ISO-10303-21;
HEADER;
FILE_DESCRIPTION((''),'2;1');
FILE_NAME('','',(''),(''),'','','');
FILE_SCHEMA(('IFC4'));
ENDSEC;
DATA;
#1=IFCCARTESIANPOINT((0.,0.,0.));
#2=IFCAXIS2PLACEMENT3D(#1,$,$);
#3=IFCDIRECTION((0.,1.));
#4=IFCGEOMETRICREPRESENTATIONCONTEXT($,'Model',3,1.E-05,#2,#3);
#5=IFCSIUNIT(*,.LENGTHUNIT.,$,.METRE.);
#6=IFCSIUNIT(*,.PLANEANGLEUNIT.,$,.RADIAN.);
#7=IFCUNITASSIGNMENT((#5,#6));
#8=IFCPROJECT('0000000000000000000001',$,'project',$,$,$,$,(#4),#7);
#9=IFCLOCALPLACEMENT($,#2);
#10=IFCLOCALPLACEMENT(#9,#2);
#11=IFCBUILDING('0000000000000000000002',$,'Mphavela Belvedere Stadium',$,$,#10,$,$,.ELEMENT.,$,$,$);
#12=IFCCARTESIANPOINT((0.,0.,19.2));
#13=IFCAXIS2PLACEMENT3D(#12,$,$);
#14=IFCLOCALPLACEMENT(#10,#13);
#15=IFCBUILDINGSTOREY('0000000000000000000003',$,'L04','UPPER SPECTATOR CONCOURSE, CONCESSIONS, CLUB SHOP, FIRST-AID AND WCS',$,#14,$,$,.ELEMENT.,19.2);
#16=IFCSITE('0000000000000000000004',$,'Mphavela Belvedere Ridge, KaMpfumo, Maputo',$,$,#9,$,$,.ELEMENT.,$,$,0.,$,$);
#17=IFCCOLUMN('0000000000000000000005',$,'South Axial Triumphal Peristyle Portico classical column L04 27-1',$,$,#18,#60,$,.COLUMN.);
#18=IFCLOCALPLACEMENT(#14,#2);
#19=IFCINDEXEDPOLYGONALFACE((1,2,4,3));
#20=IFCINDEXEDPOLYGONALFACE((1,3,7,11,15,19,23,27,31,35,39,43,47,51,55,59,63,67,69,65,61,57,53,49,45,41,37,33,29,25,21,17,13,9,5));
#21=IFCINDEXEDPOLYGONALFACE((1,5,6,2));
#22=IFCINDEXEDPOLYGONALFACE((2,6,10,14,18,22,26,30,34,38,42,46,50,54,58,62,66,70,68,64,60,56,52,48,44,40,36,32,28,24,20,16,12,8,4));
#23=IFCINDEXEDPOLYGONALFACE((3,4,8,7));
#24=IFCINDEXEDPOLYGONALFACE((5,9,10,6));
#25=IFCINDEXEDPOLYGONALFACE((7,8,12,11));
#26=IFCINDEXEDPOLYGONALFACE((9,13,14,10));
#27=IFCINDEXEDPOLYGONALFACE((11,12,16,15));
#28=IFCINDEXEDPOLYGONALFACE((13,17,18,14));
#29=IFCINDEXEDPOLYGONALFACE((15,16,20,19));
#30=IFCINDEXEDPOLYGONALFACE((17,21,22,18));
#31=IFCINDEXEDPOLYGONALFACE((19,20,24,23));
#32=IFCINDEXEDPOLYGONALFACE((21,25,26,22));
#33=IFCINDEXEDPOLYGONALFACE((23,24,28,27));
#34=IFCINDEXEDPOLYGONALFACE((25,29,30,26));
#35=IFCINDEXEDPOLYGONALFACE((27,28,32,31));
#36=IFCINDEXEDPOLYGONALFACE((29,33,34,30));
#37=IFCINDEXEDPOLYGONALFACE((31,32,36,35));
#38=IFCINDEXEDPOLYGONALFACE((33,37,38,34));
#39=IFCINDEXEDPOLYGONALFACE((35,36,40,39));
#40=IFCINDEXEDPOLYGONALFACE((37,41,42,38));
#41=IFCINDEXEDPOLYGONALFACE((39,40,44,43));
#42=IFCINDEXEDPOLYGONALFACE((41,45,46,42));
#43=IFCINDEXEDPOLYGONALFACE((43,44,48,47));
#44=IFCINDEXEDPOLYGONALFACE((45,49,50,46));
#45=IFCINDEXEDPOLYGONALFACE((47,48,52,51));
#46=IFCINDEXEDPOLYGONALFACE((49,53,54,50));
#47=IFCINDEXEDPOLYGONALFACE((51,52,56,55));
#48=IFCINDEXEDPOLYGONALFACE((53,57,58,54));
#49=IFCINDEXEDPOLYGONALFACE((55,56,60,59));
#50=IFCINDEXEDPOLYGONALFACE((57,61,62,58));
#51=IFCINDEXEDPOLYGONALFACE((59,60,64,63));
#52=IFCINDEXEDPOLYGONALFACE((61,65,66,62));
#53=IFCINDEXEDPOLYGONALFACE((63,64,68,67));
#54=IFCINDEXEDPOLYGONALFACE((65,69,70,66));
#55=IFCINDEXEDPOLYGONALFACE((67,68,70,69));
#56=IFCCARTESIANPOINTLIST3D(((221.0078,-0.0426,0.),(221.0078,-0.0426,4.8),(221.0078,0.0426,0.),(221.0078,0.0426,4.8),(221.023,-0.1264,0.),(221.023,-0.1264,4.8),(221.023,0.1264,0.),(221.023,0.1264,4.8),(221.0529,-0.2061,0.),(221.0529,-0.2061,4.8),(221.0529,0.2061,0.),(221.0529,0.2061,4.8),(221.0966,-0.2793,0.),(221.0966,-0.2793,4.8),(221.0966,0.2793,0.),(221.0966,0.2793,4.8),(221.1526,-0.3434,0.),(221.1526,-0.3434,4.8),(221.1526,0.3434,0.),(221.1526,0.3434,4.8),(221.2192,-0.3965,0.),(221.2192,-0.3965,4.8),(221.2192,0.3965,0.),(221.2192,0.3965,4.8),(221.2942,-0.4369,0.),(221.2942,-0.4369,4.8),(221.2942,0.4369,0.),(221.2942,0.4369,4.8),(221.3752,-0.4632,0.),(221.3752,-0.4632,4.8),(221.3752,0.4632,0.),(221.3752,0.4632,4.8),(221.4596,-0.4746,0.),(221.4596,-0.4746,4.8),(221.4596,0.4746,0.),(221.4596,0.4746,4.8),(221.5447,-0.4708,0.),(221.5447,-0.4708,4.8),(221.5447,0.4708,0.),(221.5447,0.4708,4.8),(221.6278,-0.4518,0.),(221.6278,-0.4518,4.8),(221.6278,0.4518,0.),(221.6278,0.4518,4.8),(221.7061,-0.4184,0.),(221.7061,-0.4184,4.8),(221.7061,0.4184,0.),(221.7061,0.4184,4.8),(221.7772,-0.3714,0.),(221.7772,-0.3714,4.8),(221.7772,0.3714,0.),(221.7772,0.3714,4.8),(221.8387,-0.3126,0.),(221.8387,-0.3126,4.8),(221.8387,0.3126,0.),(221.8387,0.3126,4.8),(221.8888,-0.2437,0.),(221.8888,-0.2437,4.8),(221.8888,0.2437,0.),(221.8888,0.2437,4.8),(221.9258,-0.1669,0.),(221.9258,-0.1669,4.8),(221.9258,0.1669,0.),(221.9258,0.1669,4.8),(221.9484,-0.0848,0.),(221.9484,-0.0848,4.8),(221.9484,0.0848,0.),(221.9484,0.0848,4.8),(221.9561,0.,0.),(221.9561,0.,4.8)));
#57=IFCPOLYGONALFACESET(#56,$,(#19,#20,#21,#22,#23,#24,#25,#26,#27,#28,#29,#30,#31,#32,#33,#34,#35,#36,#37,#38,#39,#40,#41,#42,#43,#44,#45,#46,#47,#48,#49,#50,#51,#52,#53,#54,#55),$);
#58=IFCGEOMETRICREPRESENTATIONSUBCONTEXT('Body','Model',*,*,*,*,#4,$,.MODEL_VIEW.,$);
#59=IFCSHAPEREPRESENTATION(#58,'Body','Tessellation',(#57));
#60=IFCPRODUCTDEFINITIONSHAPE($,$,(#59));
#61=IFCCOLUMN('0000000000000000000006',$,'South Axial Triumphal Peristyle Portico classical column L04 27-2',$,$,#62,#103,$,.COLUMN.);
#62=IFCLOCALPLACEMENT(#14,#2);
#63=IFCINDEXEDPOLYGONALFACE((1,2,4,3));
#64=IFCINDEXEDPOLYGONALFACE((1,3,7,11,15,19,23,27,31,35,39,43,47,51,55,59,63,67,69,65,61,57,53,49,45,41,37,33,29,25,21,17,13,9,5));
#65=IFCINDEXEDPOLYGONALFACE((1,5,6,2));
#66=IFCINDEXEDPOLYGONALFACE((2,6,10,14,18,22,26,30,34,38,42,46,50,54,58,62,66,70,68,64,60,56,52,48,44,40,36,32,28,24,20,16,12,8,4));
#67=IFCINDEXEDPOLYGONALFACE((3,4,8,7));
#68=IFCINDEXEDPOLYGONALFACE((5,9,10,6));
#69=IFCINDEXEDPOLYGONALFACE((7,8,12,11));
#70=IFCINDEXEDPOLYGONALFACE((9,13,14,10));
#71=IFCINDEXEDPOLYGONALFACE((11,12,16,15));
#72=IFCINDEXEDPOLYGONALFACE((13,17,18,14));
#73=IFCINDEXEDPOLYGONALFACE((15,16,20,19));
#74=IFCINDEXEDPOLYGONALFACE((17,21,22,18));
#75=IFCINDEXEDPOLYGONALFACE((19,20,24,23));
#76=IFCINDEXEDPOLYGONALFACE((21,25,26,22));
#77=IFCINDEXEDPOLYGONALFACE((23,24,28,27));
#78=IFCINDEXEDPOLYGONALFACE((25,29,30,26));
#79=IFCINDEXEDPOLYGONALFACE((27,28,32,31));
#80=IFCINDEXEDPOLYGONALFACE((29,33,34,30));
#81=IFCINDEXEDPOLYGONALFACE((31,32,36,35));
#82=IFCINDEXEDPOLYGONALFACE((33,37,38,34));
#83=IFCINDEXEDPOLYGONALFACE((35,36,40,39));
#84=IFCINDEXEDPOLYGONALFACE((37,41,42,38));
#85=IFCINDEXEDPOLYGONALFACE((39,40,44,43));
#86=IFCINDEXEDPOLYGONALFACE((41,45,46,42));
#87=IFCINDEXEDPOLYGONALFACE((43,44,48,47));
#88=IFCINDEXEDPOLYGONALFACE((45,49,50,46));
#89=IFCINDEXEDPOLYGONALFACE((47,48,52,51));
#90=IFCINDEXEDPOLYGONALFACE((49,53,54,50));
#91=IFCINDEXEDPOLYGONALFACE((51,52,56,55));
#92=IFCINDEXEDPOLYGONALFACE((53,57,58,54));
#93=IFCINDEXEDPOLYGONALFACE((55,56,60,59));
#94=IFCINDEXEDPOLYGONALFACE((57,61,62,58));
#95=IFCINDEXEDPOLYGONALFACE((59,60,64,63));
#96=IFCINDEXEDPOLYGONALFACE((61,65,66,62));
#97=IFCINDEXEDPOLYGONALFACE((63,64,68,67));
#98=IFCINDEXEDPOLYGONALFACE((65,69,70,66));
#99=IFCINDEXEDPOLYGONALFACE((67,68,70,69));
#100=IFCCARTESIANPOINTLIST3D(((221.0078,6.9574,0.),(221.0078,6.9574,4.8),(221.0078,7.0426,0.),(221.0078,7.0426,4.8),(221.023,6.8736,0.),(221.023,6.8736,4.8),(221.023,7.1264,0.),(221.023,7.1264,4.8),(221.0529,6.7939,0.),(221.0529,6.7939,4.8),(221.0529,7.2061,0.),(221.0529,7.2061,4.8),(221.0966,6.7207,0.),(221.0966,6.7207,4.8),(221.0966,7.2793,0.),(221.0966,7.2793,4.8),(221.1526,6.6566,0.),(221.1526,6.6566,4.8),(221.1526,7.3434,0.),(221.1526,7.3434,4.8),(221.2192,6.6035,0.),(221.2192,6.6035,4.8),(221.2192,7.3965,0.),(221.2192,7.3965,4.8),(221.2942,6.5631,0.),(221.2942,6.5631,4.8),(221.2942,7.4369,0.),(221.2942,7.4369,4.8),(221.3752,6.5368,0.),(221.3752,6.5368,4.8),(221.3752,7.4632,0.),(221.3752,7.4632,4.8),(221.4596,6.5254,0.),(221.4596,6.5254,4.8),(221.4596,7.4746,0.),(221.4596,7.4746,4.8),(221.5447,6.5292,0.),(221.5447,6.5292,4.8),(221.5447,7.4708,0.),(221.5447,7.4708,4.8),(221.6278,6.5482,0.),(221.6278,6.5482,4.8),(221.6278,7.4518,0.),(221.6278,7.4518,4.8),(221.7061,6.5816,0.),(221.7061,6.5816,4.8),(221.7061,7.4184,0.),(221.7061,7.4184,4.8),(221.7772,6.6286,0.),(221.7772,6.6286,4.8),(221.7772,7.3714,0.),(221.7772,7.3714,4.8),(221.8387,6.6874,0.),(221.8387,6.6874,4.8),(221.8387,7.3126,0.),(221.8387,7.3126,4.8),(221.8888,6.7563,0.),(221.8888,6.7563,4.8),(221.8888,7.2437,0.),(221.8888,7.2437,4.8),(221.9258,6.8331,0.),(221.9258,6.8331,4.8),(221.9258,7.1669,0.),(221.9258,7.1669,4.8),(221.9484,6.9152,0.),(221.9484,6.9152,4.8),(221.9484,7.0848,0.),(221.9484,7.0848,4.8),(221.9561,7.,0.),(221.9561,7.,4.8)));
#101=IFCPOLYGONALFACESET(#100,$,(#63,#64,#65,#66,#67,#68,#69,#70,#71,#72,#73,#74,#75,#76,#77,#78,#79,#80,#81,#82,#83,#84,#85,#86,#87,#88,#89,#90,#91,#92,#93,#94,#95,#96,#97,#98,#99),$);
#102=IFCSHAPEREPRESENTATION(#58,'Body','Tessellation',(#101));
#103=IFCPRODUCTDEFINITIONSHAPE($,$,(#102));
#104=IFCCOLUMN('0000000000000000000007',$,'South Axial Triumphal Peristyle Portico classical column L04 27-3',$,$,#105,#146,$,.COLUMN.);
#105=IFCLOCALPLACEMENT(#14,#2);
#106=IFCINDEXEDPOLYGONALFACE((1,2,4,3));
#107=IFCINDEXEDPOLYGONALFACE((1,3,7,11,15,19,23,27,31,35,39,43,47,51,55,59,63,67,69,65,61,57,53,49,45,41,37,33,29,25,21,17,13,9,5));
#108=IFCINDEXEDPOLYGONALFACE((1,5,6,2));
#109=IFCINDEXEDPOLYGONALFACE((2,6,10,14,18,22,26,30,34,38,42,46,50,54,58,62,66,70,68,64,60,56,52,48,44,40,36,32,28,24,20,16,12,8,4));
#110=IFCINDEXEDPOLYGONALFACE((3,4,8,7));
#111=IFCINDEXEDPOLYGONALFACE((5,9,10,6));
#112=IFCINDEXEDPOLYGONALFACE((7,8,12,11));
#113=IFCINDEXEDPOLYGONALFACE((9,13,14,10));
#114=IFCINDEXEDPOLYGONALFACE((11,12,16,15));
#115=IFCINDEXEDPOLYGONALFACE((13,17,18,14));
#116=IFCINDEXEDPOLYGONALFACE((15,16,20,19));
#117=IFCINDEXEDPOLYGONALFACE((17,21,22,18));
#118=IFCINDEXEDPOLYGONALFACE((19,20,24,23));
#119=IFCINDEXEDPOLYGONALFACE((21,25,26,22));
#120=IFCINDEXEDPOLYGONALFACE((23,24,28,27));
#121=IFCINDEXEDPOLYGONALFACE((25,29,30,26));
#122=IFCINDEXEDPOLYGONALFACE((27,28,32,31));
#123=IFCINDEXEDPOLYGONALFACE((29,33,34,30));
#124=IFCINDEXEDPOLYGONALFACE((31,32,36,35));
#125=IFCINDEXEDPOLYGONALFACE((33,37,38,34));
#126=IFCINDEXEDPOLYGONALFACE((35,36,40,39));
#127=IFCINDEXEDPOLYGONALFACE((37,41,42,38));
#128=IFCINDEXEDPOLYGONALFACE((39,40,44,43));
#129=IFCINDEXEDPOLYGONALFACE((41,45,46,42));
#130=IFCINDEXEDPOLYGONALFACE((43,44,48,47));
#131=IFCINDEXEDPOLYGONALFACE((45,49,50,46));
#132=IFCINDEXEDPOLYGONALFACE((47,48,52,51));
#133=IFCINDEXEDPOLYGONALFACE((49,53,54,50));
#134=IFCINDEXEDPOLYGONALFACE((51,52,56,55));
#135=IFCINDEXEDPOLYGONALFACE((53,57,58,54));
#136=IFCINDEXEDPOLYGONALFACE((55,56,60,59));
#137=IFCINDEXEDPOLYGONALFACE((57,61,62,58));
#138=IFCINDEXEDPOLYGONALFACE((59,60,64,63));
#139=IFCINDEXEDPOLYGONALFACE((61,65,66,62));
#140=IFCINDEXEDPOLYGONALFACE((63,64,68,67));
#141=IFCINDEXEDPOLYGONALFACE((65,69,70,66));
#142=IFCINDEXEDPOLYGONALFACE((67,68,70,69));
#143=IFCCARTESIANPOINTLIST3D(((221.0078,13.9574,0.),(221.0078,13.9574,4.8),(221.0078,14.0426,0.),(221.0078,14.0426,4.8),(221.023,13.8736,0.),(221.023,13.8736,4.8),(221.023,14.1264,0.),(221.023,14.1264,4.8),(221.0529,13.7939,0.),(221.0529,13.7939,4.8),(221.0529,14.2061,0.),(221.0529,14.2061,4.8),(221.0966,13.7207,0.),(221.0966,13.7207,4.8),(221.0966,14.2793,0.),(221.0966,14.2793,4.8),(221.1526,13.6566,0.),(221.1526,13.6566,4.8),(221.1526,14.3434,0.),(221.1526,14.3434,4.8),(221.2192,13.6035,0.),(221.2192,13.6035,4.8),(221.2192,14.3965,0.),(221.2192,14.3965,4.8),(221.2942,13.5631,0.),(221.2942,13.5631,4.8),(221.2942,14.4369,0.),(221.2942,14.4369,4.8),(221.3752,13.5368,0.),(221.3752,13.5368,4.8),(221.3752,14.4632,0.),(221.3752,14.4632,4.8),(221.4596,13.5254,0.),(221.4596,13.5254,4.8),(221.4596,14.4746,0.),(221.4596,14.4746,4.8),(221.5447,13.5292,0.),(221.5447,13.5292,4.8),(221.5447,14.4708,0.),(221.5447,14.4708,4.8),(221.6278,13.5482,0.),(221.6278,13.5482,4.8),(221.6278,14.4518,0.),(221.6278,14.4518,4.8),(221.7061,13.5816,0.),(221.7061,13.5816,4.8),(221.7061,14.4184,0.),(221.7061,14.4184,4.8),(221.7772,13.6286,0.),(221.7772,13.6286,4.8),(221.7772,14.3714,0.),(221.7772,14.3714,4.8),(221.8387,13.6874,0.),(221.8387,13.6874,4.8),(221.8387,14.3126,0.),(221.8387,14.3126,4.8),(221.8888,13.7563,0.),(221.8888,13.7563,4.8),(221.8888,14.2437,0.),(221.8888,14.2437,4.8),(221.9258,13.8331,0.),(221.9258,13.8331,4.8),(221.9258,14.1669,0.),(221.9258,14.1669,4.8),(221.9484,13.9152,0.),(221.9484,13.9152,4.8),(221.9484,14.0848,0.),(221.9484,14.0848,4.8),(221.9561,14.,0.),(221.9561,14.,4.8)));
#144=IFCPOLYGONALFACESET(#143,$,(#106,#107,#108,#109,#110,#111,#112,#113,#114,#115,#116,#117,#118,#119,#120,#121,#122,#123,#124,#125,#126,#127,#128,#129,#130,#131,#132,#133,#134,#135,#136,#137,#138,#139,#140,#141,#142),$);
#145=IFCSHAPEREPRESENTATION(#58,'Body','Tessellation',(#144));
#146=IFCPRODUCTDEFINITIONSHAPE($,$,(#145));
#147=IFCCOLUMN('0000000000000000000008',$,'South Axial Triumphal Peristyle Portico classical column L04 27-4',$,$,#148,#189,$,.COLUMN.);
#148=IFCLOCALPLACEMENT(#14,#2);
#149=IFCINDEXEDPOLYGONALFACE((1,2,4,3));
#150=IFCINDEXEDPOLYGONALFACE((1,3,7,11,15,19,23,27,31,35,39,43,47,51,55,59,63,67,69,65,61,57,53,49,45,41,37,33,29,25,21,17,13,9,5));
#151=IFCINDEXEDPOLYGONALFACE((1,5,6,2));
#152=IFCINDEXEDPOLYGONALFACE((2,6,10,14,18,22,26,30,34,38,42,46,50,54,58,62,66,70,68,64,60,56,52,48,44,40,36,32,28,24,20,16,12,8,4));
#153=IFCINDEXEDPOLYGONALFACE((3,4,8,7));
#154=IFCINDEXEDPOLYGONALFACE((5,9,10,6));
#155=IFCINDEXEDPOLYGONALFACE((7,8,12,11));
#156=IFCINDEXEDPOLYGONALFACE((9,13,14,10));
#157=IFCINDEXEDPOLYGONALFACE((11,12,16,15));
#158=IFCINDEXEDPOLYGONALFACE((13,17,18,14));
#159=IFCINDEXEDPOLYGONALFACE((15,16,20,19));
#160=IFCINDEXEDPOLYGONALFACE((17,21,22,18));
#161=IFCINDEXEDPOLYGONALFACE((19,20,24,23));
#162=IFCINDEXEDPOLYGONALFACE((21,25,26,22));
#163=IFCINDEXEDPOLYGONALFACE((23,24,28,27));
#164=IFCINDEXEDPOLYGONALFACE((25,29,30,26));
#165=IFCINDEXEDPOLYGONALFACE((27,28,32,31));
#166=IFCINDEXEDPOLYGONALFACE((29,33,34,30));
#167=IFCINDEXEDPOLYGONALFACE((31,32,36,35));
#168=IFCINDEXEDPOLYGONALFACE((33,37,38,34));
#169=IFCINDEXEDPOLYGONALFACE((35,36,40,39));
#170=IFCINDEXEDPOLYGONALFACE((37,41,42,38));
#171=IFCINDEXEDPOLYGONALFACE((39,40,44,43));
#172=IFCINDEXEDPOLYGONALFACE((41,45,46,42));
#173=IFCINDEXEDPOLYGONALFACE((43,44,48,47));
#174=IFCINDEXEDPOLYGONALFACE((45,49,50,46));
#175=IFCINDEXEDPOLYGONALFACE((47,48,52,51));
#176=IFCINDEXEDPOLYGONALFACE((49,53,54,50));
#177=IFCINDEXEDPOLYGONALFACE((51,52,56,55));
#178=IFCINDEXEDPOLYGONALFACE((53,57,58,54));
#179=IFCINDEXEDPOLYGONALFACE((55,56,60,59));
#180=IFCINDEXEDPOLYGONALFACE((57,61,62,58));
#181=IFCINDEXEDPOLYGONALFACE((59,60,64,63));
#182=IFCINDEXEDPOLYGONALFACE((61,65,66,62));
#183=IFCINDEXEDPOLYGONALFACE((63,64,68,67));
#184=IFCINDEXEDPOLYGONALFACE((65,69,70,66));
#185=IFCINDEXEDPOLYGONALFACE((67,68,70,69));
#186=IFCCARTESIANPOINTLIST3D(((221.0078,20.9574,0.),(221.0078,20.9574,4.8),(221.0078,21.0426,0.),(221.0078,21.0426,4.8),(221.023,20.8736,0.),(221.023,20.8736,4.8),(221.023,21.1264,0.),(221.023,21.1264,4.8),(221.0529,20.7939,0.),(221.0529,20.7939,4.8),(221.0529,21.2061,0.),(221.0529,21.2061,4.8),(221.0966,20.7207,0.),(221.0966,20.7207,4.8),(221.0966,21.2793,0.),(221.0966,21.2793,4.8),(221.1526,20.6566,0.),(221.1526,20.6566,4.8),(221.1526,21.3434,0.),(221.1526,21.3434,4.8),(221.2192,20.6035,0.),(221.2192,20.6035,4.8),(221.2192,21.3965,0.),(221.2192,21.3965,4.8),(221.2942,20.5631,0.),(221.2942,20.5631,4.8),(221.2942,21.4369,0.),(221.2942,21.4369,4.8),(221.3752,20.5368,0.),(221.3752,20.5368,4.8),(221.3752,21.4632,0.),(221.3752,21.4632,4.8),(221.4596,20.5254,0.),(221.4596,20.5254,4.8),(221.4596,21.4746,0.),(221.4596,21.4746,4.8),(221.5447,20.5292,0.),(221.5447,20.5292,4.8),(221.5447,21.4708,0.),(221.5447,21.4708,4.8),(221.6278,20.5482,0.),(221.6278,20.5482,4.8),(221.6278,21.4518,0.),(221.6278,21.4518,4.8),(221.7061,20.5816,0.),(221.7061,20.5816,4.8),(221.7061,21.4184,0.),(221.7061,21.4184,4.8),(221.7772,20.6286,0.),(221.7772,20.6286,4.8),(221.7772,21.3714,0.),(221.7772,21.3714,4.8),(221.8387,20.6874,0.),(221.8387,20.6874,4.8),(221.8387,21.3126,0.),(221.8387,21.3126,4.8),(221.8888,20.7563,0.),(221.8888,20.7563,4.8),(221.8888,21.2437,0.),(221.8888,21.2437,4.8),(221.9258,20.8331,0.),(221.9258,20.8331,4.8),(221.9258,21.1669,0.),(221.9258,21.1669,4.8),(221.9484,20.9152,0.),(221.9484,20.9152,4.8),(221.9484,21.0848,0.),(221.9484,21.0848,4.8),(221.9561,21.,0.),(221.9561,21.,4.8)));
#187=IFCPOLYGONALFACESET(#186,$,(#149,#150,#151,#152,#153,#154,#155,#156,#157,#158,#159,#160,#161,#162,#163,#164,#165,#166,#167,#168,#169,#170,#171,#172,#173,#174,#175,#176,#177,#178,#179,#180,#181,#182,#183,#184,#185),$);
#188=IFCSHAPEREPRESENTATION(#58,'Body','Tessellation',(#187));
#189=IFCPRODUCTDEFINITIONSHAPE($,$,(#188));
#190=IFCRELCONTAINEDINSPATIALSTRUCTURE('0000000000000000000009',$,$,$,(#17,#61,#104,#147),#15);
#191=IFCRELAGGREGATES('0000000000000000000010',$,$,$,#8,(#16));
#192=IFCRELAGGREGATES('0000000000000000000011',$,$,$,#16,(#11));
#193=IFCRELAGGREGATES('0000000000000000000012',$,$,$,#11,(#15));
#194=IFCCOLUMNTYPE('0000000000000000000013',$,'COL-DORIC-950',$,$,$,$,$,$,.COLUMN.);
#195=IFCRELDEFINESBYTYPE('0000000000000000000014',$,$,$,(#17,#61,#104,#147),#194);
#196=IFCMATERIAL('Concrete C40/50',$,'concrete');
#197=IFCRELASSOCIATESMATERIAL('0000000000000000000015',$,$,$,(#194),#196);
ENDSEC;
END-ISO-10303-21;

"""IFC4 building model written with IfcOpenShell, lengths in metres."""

from ifc_helpers import new_model, si_unit, direction, frame, origin, origin_2d, place, context, subcontext, project, spatial, circle, extrude, material, material_profile, profile_set, type_object, element, save


model = new_model("IFC4")

# Units and contexts
model_context = context("Model", 3, precision=1e-05, world=origin(), true_north=direction((0.0, 1.0)))
body_context = subcontext(model_context, "Body", "Model", "MODEL_VIEW")
ifc_project = project(units=[si_unit("LENGTHUNIT", "METRE"), si_unit("PLANEANGLEUNIT", "RADIAN")], contexts=[model_context])

# Site, building, storey
site_placement = place(None, origin())
site = spatial("IfcSite", under=ifc_project, at=site_placement, Name="Mphavela Belvedere Ridge, KaMpfumo, Maputo", CompositionType="ELEMENT", RefElevation=0.0)
building_placement = place(site_placement, origin())
building = spatial("IfcBuilding", under=site, at=building_placement, Name="Mphavela Belvedere Stadium", CompositionType="ELEMENT")
storey_placement = place(building_placement, frame((0.0, 0.0, 19.2)))
storey = spatial("IfcBuildingStorey", under=building, at=storey_placement, Name="L04", Description="UPPER SPECTATOR CONCOURSE, CONCESSIONS, CLUB SHOP, FIRST-AID AND WCS", CompositionType="ELEMENT", Elevation=19.2)

# Columns
ifc_material_1 = material(Name="Concrete C40/50", Category="concrete")
ifc_material_profile_1 = material_profile(ifc_material_1, circle(Radius=0.4751, at=origin_2d()), Name="COL D950")
ifc_profile_set_1 = profile_set([ifc_material_profile_1], Name="Concrete C40/50")
column_type = type_object("IfcColumnType", Name="COL-DORIC-950", PredefinedType="COLUMN", material=ifc_profile_set_1)
for number, where, z_axis, x_axis, name in (
    (1, (221.481, 0.0, 0.0), (0.0, 0.0, 1.0), (1.0, 0.0, 0.0), "South Axial Triumphal Peristyle Portico classical column L04 27-1"),
    (2, (221.481, 7.0, 0.0), (0.0, 0.0, 1.0), (1.0, 0.0, 0.0), "South Axial Triumphal Peristyle Portico classical column L04 27-2"),
    (3, (221.481, 14.0, 0.0), (0.0, 0.0, 1.0), (1.0, 0.0, 0.0), "South Axial Triumphal Peristyle Portico classical column L04 27-3"),
    (4, (221.481, 21.0, 0.0), (0.0, 0.0, 1.0), (1.0, 0.0, 0.0), "South Axial Triumphal Peristyle Portico classical column L04 27-4"),
):
    element("IfcColumn", number, at=place(storey_placement, frame(where, z_axis=z_axis, x_axis=x_axis)), inside=storey, type_object=column_type, Name=name, PredefinedType="COLUMN", context=body_context, shape_type="SweptSolid", body=[
        extrude(circle(Radius=0.4751, at=origin_2d()), origin(), (0.0, 0.0, 1.0), 4.8),
    ])

save(model, "model.ifc")
